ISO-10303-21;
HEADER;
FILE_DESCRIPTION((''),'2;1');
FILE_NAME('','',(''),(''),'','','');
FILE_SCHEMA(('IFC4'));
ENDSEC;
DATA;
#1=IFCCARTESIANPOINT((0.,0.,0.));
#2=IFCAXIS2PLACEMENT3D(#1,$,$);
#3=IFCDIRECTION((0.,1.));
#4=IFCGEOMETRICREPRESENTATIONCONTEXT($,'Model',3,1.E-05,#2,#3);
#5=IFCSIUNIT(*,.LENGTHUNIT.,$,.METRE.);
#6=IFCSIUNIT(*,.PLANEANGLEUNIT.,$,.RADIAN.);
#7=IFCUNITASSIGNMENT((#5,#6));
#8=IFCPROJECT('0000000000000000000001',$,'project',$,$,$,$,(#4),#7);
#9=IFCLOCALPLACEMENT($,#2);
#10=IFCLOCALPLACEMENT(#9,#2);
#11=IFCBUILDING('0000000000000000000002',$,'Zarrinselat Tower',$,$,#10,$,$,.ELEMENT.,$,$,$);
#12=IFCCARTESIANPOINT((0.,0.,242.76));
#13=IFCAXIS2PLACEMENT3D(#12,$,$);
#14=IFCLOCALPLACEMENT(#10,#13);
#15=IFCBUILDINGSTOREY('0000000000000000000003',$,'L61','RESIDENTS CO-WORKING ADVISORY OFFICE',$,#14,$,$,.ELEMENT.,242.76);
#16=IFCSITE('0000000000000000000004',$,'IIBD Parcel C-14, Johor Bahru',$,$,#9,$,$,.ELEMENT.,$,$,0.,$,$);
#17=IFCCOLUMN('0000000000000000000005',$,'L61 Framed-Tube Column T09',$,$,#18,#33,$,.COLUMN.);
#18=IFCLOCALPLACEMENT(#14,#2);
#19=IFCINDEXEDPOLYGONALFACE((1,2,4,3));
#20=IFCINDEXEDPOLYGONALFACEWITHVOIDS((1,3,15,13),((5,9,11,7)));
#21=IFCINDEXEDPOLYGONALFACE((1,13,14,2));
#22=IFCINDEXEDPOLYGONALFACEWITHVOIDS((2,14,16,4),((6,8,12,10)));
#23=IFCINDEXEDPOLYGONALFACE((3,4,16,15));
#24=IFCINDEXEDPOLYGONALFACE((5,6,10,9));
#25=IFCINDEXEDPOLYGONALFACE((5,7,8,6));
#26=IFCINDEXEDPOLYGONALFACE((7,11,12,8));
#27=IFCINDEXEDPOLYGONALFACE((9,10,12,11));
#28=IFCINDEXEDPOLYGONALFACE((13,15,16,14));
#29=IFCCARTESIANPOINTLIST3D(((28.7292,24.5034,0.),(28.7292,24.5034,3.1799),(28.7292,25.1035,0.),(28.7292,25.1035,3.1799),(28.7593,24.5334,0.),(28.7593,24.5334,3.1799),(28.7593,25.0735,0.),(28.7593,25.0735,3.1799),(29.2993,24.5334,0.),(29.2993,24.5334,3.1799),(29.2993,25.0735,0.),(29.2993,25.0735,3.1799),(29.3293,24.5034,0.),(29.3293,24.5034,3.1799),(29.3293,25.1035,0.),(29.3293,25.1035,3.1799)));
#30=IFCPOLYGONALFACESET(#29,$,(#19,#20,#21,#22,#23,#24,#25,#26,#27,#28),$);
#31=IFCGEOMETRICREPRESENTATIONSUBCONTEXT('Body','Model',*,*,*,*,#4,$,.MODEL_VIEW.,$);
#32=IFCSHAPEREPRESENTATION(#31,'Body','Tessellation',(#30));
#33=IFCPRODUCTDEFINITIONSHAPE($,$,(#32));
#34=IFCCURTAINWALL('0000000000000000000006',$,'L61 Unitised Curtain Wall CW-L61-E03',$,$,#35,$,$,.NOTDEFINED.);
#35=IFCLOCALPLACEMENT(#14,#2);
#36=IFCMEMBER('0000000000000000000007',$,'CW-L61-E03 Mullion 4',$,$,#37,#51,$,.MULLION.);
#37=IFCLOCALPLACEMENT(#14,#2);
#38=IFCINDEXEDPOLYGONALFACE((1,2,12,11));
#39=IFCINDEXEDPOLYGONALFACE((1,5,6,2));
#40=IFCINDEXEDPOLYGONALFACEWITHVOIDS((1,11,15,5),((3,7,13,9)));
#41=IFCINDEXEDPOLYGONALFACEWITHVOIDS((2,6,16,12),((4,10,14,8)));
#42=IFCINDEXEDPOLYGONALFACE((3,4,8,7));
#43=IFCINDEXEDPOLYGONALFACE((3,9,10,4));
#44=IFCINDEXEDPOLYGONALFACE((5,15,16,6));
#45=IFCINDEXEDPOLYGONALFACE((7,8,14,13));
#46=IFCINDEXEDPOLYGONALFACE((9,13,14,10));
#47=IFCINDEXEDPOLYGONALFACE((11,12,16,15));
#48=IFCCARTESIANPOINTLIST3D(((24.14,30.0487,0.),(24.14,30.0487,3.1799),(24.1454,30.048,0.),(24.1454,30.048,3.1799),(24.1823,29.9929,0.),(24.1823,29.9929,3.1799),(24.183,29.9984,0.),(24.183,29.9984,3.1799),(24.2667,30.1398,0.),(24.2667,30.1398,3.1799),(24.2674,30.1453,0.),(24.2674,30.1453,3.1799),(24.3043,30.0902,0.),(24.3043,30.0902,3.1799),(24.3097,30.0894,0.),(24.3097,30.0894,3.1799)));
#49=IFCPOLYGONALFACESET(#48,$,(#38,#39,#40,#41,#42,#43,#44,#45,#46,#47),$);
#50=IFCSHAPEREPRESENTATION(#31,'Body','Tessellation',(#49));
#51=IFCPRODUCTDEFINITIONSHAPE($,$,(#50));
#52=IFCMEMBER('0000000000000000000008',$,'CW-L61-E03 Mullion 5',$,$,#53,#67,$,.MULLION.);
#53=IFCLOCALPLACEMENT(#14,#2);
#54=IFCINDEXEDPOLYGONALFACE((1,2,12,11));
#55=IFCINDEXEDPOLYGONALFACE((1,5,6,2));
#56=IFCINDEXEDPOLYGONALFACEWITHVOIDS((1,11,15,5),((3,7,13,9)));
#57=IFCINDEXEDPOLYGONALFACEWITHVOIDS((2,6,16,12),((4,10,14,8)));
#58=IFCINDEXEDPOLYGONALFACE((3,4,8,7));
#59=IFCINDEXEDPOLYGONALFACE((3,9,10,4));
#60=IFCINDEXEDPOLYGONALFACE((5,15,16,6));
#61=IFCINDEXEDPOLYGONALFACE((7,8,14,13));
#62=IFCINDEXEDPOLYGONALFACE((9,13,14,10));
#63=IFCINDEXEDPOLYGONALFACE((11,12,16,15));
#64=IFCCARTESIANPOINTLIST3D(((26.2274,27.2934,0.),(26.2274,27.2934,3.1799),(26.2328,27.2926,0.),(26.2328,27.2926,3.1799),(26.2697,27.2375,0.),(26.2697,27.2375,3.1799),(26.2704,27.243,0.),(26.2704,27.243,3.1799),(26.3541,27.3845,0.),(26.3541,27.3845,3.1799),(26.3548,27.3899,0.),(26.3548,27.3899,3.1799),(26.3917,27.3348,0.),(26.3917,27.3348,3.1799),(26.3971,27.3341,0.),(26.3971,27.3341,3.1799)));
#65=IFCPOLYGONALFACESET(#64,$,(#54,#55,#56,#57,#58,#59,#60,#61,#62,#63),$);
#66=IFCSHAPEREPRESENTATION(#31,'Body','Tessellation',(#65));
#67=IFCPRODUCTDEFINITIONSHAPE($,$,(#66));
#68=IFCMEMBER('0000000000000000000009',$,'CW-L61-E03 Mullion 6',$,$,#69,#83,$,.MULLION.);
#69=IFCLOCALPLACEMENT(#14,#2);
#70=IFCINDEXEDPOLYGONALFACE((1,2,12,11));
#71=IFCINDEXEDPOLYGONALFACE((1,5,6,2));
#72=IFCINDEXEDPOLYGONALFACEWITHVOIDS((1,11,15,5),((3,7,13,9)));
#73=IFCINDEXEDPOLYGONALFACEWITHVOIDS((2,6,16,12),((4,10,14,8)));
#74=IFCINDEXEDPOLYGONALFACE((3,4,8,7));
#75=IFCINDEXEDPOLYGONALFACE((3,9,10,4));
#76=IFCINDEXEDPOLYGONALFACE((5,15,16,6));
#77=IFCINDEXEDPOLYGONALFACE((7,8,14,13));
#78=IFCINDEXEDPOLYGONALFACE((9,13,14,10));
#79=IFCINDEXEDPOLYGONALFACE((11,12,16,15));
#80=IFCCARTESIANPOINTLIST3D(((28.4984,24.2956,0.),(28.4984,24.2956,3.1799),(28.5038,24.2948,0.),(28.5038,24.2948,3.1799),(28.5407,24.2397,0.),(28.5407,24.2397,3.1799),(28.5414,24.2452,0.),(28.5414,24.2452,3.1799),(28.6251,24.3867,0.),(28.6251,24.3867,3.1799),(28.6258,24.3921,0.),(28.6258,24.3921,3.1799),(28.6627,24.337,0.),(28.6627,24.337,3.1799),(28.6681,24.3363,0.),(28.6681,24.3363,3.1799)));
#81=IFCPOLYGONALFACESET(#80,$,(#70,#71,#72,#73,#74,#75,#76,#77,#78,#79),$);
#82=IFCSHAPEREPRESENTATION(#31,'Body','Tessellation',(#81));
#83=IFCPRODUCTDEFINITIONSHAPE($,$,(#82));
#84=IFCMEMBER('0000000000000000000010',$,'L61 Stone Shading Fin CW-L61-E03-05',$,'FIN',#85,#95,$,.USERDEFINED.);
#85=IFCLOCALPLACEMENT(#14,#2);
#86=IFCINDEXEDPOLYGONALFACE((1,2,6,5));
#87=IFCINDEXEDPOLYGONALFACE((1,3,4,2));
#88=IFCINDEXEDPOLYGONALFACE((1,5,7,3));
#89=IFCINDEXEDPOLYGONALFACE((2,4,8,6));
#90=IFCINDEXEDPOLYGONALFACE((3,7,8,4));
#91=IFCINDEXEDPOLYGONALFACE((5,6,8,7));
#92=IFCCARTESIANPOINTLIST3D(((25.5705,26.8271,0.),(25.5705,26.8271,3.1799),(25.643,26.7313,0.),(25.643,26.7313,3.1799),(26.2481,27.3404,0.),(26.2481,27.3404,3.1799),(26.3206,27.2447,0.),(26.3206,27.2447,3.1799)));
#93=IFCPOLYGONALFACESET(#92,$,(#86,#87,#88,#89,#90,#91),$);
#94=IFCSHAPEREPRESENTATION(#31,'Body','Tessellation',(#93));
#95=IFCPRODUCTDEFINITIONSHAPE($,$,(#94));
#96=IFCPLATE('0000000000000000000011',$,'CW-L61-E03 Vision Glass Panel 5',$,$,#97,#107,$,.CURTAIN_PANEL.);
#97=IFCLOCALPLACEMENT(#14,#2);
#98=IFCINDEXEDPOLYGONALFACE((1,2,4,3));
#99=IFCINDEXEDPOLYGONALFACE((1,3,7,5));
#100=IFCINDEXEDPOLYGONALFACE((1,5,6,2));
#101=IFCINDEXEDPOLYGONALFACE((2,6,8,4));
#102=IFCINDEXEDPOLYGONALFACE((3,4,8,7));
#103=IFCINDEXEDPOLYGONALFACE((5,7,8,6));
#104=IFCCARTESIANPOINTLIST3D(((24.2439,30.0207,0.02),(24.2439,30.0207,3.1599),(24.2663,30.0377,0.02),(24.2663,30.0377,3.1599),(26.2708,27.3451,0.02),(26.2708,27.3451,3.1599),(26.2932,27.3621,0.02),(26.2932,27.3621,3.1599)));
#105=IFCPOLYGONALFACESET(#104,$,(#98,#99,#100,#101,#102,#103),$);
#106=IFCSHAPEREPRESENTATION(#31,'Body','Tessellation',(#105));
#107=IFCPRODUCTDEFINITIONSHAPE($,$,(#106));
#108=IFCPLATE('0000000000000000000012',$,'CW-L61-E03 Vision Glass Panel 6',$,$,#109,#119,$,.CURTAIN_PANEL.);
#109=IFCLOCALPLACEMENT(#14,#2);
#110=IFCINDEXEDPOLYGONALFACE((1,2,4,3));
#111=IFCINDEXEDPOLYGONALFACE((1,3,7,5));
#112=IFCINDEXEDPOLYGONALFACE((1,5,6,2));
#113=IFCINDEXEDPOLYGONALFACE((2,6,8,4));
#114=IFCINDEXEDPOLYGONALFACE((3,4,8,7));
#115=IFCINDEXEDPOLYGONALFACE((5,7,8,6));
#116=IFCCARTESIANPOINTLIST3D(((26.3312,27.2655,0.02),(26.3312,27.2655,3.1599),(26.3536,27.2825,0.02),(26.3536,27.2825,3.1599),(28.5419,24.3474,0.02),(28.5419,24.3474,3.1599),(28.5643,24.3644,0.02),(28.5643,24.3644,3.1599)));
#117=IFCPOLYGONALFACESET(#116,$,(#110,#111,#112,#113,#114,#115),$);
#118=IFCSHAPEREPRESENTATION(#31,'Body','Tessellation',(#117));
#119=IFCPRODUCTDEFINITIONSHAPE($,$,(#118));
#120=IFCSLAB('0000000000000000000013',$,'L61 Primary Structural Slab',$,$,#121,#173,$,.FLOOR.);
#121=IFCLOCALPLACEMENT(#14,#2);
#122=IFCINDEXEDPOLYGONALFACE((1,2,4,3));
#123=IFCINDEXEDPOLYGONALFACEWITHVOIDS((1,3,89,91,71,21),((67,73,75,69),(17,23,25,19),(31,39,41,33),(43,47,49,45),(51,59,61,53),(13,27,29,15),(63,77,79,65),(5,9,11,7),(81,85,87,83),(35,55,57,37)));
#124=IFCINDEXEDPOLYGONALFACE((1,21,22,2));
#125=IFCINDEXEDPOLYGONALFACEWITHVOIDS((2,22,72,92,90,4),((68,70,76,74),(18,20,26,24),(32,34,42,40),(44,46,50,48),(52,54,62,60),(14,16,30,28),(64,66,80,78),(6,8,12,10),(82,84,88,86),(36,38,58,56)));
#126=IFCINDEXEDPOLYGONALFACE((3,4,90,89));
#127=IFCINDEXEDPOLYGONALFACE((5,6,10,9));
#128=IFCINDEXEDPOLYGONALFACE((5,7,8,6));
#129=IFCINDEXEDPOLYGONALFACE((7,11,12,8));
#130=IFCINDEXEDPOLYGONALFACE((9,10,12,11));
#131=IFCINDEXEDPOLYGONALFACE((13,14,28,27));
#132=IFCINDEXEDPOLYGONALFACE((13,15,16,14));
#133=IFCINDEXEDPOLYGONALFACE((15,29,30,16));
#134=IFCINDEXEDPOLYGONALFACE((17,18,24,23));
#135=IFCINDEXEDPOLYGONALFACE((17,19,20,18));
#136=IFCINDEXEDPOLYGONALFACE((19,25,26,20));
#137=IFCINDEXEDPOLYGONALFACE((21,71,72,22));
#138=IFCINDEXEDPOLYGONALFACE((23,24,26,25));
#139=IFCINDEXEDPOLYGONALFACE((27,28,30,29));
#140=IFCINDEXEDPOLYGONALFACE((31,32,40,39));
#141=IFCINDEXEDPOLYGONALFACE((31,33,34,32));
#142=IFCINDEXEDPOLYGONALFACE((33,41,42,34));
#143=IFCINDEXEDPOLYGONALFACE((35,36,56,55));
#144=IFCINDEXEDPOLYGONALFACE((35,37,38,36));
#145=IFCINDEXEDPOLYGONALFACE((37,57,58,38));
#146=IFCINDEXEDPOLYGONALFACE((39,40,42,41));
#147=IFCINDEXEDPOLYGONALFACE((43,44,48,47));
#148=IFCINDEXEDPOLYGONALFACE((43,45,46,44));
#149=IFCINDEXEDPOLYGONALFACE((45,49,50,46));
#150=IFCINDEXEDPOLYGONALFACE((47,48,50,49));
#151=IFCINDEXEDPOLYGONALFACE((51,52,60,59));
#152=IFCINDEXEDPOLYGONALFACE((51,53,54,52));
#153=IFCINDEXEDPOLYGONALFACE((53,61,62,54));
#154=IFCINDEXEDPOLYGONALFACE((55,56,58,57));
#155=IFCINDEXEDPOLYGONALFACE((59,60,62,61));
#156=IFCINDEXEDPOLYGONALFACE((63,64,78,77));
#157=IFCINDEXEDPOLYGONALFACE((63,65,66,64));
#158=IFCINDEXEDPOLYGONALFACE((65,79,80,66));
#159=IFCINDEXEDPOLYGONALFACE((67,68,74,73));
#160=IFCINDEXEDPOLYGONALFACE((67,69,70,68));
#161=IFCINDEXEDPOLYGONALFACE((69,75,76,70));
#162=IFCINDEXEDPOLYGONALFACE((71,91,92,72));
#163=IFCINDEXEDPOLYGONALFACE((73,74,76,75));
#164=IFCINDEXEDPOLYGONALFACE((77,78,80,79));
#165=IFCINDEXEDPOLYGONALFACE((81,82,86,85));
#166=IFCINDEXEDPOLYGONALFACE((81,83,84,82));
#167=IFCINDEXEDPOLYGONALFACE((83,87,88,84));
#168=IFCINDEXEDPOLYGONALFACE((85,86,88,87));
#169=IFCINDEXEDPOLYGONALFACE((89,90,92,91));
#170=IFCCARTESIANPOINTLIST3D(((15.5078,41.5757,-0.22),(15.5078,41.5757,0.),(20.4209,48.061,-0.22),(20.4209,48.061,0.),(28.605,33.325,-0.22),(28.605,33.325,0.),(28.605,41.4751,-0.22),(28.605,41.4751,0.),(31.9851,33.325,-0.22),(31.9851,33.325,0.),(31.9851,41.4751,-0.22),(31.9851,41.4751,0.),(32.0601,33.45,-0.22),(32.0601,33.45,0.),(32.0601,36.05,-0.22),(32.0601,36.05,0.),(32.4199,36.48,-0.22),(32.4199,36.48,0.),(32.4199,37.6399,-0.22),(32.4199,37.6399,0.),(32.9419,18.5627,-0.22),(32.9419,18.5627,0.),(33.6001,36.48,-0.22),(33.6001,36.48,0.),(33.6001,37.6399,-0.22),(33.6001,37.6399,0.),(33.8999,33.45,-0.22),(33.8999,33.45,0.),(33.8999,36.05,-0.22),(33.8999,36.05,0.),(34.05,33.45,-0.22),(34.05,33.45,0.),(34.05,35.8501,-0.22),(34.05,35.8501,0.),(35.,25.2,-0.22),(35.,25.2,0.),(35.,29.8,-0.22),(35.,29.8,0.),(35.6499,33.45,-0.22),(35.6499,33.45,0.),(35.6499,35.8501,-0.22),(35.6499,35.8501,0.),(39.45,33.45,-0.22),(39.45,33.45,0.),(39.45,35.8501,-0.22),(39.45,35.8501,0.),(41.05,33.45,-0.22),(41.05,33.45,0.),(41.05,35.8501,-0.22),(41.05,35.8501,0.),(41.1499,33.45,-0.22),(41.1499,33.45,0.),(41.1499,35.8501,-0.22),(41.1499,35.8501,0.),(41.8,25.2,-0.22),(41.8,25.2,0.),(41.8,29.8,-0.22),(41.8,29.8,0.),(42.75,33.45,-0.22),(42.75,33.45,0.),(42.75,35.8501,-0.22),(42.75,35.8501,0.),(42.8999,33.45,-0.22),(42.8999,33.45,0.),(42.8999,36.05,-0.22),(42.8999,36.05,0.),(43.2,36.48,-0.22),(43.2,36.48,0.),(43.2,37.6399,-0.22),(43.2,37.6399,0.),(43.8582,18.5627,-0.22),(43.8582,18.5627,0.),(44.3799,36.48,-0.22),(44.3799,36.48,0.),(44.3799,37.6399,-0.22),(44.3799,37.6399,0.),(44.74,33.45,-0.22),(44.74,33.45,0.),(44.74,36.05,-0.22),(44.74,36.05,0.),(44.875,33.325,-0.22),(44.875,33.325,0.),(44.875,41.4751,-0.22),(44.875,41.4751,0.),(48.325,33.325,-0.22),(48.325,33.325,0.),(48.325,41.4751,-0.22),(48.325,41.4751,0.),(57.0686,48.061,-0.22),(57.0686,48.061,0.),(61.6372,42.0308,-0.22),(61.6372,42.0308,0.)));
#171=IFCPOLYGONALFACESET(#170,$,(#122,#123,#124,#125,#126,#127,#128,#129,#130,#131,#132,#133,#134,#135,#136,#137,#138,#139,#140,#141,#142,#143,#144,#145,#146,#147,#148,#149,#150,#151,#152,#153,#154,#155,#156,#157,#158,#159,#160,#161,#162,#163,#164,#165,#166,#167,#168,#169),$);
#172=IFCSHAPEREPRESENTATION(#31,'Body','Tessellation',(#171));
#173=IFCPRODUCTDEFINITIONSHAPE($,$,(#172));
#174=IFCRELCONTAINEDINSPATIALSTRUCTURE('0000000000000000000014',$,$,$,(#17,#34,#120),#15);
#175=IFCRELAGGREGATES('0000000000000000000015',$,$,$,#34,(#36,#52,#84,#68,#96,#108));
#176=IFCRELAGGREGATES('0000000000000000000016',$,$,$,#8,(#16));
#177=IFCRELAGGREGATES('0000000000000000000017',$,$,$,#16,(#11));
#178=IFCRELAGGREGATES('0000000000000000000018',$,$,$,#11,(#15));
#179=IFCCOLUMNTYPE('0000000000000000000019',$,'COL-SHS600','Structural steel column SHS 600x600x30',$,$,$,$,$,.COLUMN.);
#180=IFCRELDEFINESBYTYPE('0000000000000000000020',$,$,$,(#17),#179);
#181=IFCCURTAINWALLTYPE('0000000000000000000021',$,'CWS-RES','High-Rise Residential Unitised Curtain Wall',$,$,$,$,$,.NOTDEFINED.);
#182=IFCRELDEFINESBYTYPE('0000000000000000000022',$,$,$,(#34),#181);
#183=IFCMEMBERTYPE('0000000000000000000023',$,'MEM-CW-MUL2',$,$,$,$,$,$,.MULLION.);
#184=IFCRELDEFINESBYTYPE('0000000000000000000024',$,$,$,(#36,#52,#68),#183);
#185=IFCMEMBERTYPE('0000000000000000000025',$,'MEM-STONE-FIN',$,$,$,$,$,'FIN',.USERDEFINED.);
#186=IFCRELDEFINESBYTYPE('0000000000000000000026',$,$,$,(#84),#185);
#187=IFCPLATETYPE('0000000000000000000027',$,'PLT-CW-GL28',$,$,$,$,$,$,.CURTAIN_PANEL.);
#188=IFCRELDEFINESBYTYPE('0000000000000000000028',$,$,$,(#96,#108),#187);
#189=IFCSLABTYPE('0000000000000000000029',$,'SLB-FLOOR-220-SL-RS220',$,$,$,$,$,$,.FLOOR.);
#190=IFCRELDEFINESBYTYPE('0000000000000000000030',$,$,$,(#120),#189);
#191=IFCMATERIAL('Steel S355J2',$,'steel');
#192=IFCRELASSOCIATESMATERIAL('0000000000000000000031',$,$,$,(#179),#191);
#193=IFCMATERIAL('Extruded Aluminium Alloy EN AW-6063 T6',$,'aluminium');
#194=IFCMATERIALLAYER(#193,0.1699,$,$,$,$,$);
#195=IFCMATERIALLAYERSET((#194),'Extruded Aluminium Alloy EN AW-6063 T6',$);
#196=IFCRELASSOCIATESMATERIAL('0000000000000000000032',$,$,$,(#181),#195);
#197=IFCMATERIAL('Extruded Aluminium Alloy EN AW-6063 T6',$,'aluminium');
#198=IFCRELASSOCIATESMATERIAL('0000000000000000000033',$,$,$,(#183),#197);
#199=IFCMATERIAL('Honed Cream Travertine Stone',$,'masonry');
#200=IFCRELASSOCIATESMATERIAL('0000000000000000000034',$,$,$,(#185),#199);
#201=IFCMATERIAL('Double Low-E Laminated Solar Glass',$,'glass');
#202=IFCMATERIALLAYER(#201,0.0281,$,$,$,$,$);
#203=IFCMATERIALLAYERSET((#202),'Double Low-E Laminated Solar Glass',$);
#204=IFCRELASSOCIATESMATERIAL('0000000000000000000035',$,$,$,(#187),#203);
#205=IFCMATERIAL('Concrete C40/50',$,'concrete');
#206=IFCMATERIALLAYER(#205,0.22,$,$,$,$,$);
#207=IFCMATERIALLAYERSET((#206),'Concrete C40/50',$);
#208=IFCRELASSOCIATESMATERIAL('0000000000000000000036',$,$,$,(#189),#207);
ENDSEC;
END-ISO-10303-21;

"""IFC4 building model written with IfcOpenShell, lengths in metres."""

from ifc_helpers import new_model, si_unit, direction, frame, origin, origin_2d, place, context, subcontext, project, spatial, polyline, rectangle, hollow_rectangle, outline, extrude, material, layer, layer_set, material_profile, profile_set, type_object, element, aggregate, save


model = new_model("IFC4")

# Units and contexts
model_context = context("Model", 3, precision=1e-05, world=origin(), true_north=direction((0.0, 1.0)))
body_context = subcontext(model_context, "Body", "Model", "MODEL_VIEW")
ifc_project = project(units=[si_unit("LENGTHUNIT", "METRE"), si_unit("PLANEANGLEUNIT", "RADIAN")], contexts=[model_context])

# Site, building, storey
site_placement = place(None, origin())
site = spatial("IfcSite", under=ifc_project, at=site_placement, Name="IIBD Parcel C-14, Johor Bahru", CompositionType="ELEMENT", RefElevation=0.0)
building_placement = place(site_placement, origin())
building = spatial("IfcBuilding", under=site, at=building_placement, Name="Zarrinselat Tower", CompositionType="ELEMENT")
storey_placement = place(building_placement, frame((0.0, 0.0, 242.76)))
storey = spatial("IfcBuildingStorey", under=building, at=storey_placement, Name="L61", Description="RESIDENTS CO-WORKING ADVISORY OFFICE", CompositionType="ELEMENT", Elevation=242.76)

# Column
ifc_material_1 = material(Name="Steel S355J2", Category="steel")
ifc_material_profile_1 = material_profile(ifc_material_1, hollow_rectangle(XDim=0.6001, YDim=0.6001, WallThickness=0.03, at=origin_2d()), Name="SHS 600x600x30")
ifc_profile_set_1 = profile_set([ifc_material_profile_1], Name="Steel S355J2")
column_type = type_object("IfcColumnType", Name="COL-SHS600", Description="Structural steel column SHS 600x600x30", PredefinedType="COLUMN", material=ifc_profile_set_1)
column_placement = place(storey_placement, frame((29.0293, 24.8035, 0.0), z_axis=(0.0, 0.0, 1.0), x_axis=(1.0, 0.0, 0.0)))
element("IfcColumn", 1, at=column_placement, inside=storey, type_object=column_type, Name="L61 Framed-Tube Column T09", PredefinedType="COLUMN", context=body_context, shape_type="SweptSolid", body=[
    extrude(hollow_rectangle(XDim=0.6001, YDim=0.6001, WallThickness=0.03, at=origin_2d()), origin(), (0.0, 0.0, 1.0), 3.1799),
])

# Curtain wall, members, plates
ifc_material_2 = material(Name="Extruded Aluminium Alloy EN AW-6063 T6", Category="aluminium")
ifc_layer_1 = layer(ifc_material_2, 0.1699)
ifc_layer_set_1 = layer_set([ifc_layer_1], Name="Extruded Aluminium Alloy EN AW-6063 T6")
curtain_wall_type = type_object("IfcCurtainWallType", Name="CWS-RES", Description="High-Rise Residential Unitised Curtain Wall", PredefinedType="NOTDEFINED", material=ifc_layer_set_1)
curtain_wall_placement = place(storey_placement, origin())
curtain_wall = element("IfcCurtainWall", 2, at=curtain_wall_placement, inside=storey, type_object=curtain_wall_type, Name="L61 Unitised Curtain Wall CW-L61-E03", PredefinedType="NOTDEFINED")
ifc_material_3 = material(Name="Extruded Aluminium Alloy EN AW-6063 T6", Category="aluminium")
ifc_material_profile_2 = material_profile(ifc_material_3, hollow_rectangle(XDim=0.0701, YDim=0.1599, WallThickness=0.0039, at=origin_2d()), Name="RHS 160x70x4")
ifc_profile_set_2 = profile_set([ifc_material_profile_2], Name="Extruded Aluminium Alloy EN AW-6063 T6")
member_type_1 = type_object("IfcMemberType", Name="MEM-CW-MUL2", PredefinedType="MULLION", material=ifc_profile_set_2)
member_1_placement = place(storey_placement, frame((24.2249, 30.0691, 0.0), z_axis=(0.0, 0.0, 1.0), x_axis=(0.603858, -0.797092, 0.0)))
member_1 = element("IfcMember", 3, at=member_1_placement, type_object=member_type_1, Name="CW-L61-E03 Mullion 4", PredefinedType="MULLION", context=body_context, shape_type="SweptSolid", body=[
    extrude(hollow_rectangle(XDim=0.0701, YDim=0.1599, WallThickness=0.0039, at=origin_2d()), origin(), (0.0, 0.0, 1.0), 3.1799),
])
member_2_placement = place(storey_placement, frame((26.3123, 27.3137, 0.0), z_axis=(0.0, 0.0, 1.0), x_axis=(0.603858, -0.797092, 0.0)))
member_2 = element("IfcMember", 4, at=member_2_placement, type_object=member_type_1, Name="CW-L61-E03 Mullion 5", PredefinedType="MULLION", context=body_context, shape_type="SweptSolid", body=[
    extrude(hollow_rectangle(XDim=0.0701, YDim=0.1599, WallThickness=0.0039, at=origin_2d()), origin(), (0.0, 0.0, 1.0), 3.1799),
])
member_3_placement = place(storey_placement, frame((28.5833, 24.3159, 0.0), z_axis=(0.0, 0.0, 1.0), x_axis=(0.603858, -0.797092, 0.0)))
member_3 = element("IfcMember", 5, at=member_3_placement, type_object=member_type_1, Name="CW-L61-E03 Mullion 6", PredefinedType="MULLION", context=body_context, shape_type="SweptSolid", body=[
    extrude(hollow_rectangle(XDim=0.0701, YDim=0.1599, WallThickness=0.0039, at=origin_2d()), origin(), (0.0, 0.0, 1.0), 3.1799),
])
ifc_material_4 = material(Name="Honed Cream Travertine Stone", Category="masonry")
ifc_material_profile_3 = material_profile(ifc_material_4, rectangle(XDim=0.1201, YDim=0.8501, at=origin_2d()), Name="FIN 850x120")
ifc_profile_set_3 = profile_set([ifc_material_profile_3], Name="Honed Cream Travertine Stone")
member_type_2 = type_object("IfcMemberType", Name="MEM-STONE-FIN", ElementType="FIN", PredefinedType="USERDEFINED", material=ifc_profile_set_3)
member_4_placement = place(storey_placement, frame((25.9456, 27.0359, 0.0), z_axis=(0.0, 0.0, 1.0), x_axis=(-0.603858, 0.797092, 0.0)))
member_4 = element("IfcMember", 6, at=member_4_placement, type_object=member_type_2, Name="L61 Stone Shading Fin CW-L61-E03-05", ObjectType="FIN", PredefinedType="USERDEFINED", context=body_context, shape_type="SweptSolid", body=[
    extrude(rectangle(XDim=0.1201, YDim=0.8501, at=origin_2d()), origin(), (0.0, 0.0, 1.0), 3.1799),
])
ifc_material_5 = material(Name="Double Low-E Laminated Solar Glass", Category="glass")
ifc_layer_2 = layer(ifc_material_5, 0.0281)
ifc_layer_set_2 = layer_set([ifc_layer_2], Name="Double Low-E Laminated Solar Glass")
plate_type = type_object("IfcPlateType", Name="PLT-CW-GL28", PredefinedType="CURTAIN_PANEL", material=ifc_layer_set_2)
plate_1_placement = place(storey_placement, frame((25.2686, 28.6914, 0.02), z_axis=(0.0, 0.0, 1.0), x_axis=(0.603858, -0.797092, 0.0)))
plate_1 = element("IfcPlate", 7, at=plate_1_placement, type_object=plate_type, Name="CW-L61-E03 Vision Glass Panel 5", PredefinedType="CURTAIN_PANEL", context=body_context, shape_type="SweptSolid", body=[
    extrude(rectangle(XDim=3.3567, YDim=0.0281, at=origin_2d()), origin(), (0.0, 0.0, 1.0), 3.1399),
])
plate_2_placement = place(storey_placement, frame((27.4478, 25.8149, 0.02), z_axis=(0.0, 0.0, 1.0), x_axis=(0.603858, -0.797092, 0.0)))
plate_2 = element("IfcPlate", 8, at=plate_2_placement, type_object=plate_type, Name="CW-L61-E03 Vision Glass Panel 6", PredefinedType="CURTAIN_PANEL", context=body_context, shape_type="SweptSolid", body=[
    extrude(rectangle(XDim=3.6609, YDim=0.0281, at=origin_2d()), origin(), (0.0, 0.0, 1.0), 3.1399),
])
aggregate(curtain_wall, [member_1, member_2, member_4, member_3, plate_1, plate_2])

# Slab
ifc_material_6 = material(Name="Concrete C40/50", Category="concrete")
ifc_layer_3 = layer(ifc_material_6, 0.22)
ifc_layer_set_3 = layer_set([ifc_layer_3], Name="Concrete C40/50")
slab_type_1 = type_object("IfcSlabType", Name="SLB-FLOOR-220-SL-RS220", PredefinedType="FLOOR", material=ifc_layer_set_3)
slab_1_placement = place(storey_placement, frame((0.0, 0.0, -0.22)))
element("IfcSlab", 9, at=slab_1_placement, inside=storey, type_object=slab_type_1, Name="L61 Primary Structural Slab", PredefinedType="FLOOR", context=body_context, shape_type="SweptSolid", body=[
    extrude(outline(polyline([(57.0686, 48.061), (20.4209, 48.061), (15.5078, 41.5757), (32.9419, 18.5627), (43.8582, 18.5627), (61.6372, 42.0308), (57.0686, 48.061)]), holes=[polyline([(41.8, 25.2), (35.0, 25.2), (35.0, 29.8), (41.8, 29.8), (41.8, 25.2)]), polyline([(35.6499, 33.45), (34.05, 33.45), (34.05, 35.8501), (35.6499, 35.8501), (35.6499, 33.45)]), polyline([(41.05, 33.45), (39.45, 33.45), (39.45, 35.8501), (41.05, 35.8501), (41.05, 33.45)]), polyline([(41.1499, 33.45), (41.1499, 35.8501), (42.75, 35.8501), (42.75, 33.45), (41.1499, 33.45)]), polyline([(32.0601, 33.45), (32.0601, 36.05), (33.8999, 36.05), (33.8999, 33.45), (32.0601, 33.45)]), polyline([(44.74, 33.45), (42.8999, 33.45), (42.8999, 36.05), (44.74, 36.05), (44.74, 33.45)]), polyline([(33.6001, 36.48), (32.4199, 36.48), (32.4199, 37.6399), (33.6001, 37.6399), (33.6001, 36.48)]), polyline([(44.3799, 36.48), (43.2, 36.48), (43.2, 37.6399), (44.3799, 37.6399), (44.3799, 36.48)]), polyline([(31.9851, 33.325), (28.605, 33.325), (28.605, 41.4751), (31.9851, 41.4751), (31.9851, 33.325)]), polyline([(48.325, 33.325), (44.875, 33.325), (44.875, 41.4751), (48.325, 41.4751), (48.325, 33.325)])]), origin(), (0.0, 0.0, 1.0), 0.22),
])

save(model, "model.ifc")
